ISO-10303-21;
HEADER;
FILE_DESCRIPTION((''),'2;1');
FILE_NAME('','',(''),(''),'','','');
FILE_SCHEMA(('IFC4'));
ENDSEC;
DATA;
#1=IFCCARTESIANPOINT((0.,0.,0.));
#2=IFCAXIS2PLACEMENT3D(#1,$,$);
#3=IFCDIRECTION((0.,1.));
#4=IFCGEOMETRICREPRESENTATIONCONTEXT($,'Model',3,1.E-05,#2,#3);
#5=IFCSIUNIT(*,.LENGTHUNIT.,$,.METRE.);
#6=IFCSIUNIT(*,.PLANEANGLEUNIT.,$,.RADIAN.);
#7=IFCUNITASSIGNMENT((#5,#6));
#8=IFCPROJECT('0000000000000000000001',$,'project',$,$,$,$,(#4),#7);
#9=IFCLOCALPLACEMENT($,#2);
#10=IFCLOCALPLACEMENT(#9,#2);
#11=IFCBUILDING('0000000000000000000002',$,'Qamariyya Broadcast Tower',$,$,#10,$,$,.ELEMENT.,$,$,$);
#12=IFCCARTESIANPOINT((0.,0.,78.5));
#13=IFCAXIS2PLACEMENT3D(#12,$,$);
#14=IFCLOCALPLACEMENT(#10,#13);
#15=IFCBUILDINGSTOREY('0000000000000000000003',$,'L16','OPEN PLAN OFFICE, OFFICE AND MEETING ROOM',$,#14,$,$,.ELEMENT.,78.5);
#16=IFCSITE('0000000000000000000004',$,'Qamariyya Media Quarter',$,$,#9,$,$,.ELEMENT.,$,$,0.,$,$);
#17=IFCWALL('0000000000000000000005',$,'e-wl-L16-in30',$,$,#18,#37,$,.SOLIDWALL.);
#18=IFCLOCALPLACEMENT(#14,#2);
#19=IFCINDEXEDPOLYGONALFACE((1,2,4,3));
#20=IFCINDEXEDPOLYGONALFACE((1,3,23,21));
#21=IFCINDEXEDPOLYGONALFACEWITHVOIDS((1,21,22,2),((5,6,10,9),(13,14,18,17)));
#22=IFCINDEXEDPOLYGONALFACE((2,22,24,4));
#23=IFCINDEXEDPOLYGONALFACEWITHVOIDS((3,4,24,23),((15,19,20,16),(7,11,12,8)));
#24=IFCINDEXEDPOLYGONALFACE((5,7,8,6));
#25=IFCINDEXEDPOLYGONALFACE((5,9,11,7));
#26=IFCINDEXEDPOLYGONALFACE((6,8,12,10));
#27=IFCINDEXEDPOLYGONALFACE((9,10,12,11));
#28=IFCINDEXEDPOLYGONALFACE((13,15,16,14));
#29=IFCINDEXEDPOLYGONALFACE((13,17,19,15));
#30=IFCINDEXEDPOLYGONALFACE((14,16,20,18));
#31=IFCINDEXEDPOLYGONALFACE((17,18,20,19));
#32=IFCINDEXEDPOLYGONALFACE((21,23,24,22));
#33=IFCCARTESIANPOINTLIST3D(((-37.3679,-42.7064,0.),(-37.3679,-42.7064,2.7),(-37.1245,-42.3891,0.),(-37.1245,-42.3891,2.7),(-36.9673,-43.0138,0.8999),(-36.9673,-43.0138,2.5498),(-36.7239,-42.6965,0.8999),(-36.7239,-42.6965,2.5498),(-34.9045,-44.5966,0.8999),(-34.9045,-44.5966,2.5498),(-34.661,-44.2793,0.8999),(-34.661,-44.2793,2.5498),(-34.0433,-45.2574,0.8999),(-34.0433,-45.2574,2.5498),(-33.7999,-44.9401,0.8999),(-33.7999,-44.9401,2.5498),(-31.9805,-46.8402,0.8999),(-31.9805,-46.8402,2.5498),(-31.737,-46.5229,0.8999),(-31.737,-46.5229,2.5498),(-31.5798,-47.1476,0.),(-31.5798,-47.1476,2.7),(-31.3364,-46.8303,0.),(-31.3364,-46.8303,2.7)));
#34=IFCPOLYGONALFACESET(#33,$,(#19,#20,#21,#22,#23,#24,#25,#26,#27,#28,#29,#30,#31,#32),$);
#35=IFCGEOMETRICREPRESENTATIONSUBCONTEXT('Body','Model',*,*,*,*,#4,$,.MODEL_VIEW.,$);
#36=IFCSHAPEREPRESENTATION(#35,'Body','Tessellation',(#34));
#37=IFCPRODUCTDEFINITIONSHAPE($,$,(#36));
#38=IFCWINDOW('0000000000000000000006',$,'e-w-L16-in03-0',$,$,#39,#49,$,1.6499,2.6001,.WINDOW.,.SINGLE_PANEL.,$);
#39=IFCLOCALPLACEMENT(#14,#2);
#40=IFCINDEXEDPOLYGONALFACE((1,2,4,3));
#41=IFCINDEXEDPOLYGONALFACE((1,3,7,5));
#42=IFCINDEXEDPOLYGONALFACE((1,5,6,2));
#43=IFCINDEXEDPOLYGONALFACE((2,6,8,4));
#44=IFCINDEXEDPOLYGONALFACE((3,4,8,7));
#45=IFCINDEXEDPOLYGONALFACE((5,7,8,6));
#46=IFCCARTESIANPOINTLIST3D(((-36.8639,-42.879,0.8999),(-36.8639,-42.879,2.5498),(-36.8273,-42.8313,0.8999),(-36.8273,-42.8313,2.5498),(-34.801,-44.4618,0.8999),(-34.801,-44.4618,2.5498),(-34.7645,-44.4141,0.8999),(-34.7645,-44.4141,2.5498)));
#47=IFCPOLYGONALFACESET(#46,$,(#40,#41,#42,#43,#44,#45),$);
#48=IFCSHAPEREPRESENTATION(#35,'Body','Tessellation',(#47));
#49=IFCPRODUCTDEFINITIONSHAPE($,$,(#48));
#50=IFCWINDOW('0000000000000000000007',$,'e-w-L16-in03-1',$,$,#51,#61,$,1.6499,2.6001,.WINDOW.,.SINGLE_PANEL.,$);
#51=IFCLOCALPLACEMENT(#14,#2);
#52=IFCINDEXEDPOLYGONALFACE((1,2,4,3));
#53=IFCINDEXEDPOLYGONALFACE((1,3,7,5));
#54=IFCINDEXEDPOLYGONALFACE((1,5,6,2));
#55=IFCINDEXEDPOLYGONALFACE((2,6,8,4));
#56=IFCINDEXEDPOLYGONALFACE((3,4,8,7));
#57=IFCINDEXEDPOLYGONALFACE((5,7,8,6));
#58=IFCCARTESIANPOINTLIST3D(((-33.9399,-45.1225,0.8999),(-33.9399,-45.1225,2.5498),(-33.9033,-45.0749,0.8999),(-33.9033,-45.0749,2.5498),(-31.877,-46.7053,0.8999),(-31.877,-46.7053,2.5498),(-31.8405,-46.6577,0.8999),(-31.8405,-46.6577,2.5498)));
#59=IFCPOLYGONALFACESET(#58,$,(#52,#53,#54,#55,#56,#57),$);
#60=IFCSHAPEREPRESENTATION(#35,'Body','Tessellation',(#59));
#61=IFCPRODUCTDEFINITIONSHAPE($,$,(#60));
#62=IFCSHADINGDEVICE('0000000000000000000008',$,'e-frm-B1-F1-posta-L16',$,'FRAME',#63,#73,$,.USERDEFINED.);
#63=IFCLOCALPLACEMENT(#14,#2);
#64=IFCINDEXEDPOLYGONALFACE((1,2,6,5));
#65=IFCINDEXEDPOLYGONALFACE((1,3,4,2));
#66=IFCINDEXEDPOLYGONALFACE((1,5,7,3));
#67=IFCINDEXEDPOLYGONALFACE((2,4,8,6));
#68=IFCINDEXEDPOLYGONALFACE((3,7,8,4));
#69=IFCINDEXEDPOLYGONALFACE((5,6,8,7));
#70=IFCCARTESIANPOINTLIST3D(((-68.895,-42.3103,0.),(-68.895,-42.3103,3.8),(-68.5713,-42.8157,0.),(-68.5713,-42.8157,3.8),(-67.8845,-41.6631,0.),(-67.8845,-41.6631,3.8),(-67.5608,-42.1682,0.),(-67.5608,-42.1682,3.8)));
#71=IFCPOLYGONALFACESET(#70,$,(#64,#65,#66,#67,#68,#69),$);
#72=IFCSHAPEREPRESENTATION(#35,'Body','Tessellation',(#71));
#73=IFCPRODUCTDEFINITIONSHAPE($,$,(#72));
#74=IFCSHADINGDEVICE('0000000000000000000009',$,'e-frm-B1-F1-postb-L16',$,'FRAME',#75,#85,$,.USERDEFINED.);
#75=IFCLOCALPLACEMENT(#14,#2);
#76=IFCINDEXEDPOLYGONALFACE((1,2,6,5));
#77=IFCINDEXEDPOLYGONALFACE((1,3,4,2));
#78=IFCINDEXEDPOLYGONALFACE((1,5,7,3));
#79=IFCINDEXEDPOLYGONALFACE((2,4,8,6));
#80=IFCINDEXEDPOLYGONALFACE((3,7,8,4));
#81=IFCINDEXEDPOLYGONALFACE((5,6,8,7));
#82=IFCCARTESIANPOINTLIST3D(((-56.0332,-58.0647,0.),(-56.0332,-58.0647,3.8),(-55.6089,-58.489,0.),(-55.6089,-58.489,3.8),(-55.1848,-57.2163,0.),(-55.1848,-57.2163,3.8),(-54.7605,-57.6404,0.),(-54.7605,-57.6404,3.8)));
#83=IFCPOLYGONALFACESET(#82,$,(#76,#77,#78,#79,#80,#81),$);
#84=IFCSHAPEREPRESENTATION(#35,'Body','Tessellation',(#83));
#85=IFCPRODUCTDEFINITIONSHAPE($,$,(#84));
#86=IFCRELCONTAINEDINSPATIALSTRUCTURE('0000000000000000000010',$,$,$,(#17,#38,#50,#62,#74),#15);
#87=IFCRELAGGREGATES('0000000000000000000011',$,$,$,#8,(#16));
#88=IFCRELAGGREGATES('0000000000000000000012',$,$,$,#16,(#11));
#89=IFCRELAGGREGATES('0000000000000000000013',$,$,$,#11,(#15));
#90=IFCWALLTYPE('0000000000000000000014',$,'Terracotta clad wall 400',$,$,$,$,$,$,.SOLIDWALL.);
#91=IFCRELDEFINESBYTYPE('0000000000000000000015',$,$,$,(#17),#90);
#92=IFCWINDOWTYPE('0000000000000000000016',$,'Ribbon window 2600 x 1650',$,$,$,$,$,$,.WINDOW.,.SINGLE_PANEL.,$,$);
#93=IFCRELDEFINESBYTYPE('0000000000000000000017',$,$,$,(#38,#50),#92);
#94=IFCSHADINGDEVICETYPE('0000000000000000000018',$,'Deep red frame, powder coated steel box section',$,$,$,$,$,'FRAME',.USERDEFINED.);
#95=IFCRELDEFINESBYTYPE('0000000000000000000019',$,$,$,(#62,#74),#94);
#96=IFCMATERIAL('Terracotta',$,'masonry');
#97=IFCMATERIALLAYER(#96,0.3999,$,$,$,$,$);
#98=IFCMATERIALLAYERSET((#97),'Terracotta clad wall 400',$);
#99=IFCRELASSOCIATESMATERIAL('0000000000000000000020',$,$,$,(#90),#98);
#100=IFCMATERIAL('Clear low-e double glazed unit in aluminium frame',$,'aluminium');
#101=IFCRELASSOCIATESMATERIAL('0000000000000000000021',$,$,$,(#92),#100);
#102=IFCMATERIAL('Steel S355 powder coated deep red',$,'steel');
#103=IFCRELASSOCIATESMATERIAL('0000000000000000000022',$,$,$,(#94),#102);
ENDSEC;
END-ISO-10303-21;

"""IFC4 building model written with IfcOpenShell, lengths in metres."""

from ifc_helpers import new_model, si_unit, direction, frame, frame_2d, origin, place, context, subcontext, project, spatial, polyline, rectangle, outline, extrude, material, layer, layer_set, type_object, element, fill, save


model = new_model("IFC4")

# Units and contexts
model_context = context("Model", 3, precision=1e-05, world=origin(), true_north=direction((0.0, 1.0)))
body_context = subcontext(model_context, "Body", "Model", "MODEL_VIEW")
ifc_project = project(units=[si_unit("LENGTHUNIT", "METRE"), si_unit("PLANEANGLEUNIT", "RADIAN")], contexts=[model_context])

# Site, building, storey
site_placement = place(None, origin())
site = spatial("IfcSite", under=ifc_project, at=site_placement, Name="Qamariyya Media Quarter", CompositionType="ELEMENT", RefElevation=0.0)
building_placement = place(site_placement, origin())
building = spatial("IfcBuilding", under=site, at=building_placement, Name="Qamariyya Broadcast Tower", CompositionType="ELEMENT")
storey_placement = place(building_placement, frame((0.0, 0.0, 78.5)))
storey = spatial("IfcBuildingStorey", under=building, at=storey_placement, Name="L16", Description="OPEN PLAN OFFICE, OFFICE AND MEETING ROOM", CompositionType="ELEMENT", Elevation=78.5)

# Wall, openings, windows
ifc_material_1 = material(Name="Terracotta", Category="masonry")
ifc_layer_1 = layer(ifc_material_1, 0.3999)
ifc_layer_set_1 = layer_set([ifc_layer_1], Name="Terracotta clad wall 400")
wall_type = type_object("IfcWallType", Name="Terracotta clad wall 400", PredefinedType="SOLIDWALL", material=ifc_layer_set_1)
wall_placement = place(storey_placement, frame((-31.458, -46.989, 0.0), z_axis=(0.0, 0.0, 1.0), x_axis=(-0.793366, 0.608745, 0.0)))
wall = element("IfcWall", 1, at=wall_placement, inside=storey, type_object=wall_type, Name="e-wl-L16-in30", PredefinedType="SOLIDWALL", context=body_context, shape_type="SweptSolid", body=[
    extrude(rectangle(XDim=7.2957, YDim=0.3999, at=frame_2d((3.6479, 0.0))), origin(), (0.0, 0.0, 1.0), 2.7),
])
opening_1_placement = place(wall_placement, frame((4.1907, 0.0, 0.8999)))
opening_1 = element("IfcOpeningElement", 2, at=opening_1_placement, cuts=wall, PredefinedType="OPENING", context=body_context, shape_type="SweptSolid", body=[
    extrude(rectangle(XDim=2.6001, YDim=1.6499, at=frame_2d((1.3, 0.825))), frame((0.0, 0.21, 0.0), z_axis=(0.0, -1.0, 0.0), x_axis=(1.0, 0.0, 0.0)), (0.0, 0.0, 1.0), 0.4199),
])
opening_2_placement = place(wall_placement, frame((0.5051, 0.0, 0.8999)))
opening_2 = element("IfcOpeningElement", 3, at=opening_2_placement, cuts=wall, PredefinedType="OPENING", context=body_context, shape_type="SweptSolid", body=[
    extrude(rectangle(XDim=2.6001, YDim=1.6499, at=frame_2d((1.3, 0.825))), frame((0.0, 0.21, 0.0), z_axis=(0.0, -1.0, 0.0), x_axis=(1.0, 0.0, 0.0)), (0.0, 0.0, 1.0), 0.4199),
])
ifc_material_2 = material(Name="Clear low-e double glazed unit in aluminium frame", Category="aluminium")
window_type = type_object("IfcWindowType", Name="Ribbon window 2600 x 1650", PartitioningType="SINGLE_PANEL", PredefinedType="WINDOW", material=ifc_material_2)
window_1_placement = place(opening_1_placement, origin())
window_1 = element("IfcWindow", 4, at=window_1_placement, inside=storey, type_object=window_type, Name="e-w-L16-in03-0", OverallHeight=1.6499, OverallWidth=2.6001, PartitioningType="SINGLE_PANEL", PredefinedType="WINDOW", context=body_context, shape_type="SweptSolid", body=[
    extrude(rectangle(XDim=2.6001, YDim=1.6499, at=frame_2d((1.3, 0.825))), frame((0.0, 0.03, 0.0), z_axis=(0.0, -1.0, 0.0), x_axis=(1.0, 0.0, 0.0)), (0.0, 0.0, 1.0), 0.0601),
])
fill(opening_1, window_1)
window_2_placement = place(opening_2_placement, origin())
window_2 = element("IfcWindow", 5, at=window_2_placement, inside=storey, type_object=window_type, Name="e-w-L16-in03-1", OverallHeight=1.6499, OverallWidth=2.6001, PartitioningType="SINGLE_PANEL", PredefinedType="WINDOW", context=body_context, shape_type="SweptSolid", body=[
    extrude(rectangle(XDim=2.6001, YDim=1.6499, at=frame_2d((1.3, 0.825))), frame((0.0, 0.03, 0.0), z_axis=(0.0, -1.0, 0.0), x_axis=(1.0, 0.0, 0.0)), (0.0, 0.0, 1.0), 0.0601),
])
fill(opening_2, window_2)

# Shading devices
ifc_material_3 = material(Name="Steel S355 powder coated deep red", Category="steel")
shading_device_type = type_object("IfcShadingDeviceType", Name="Deep red frame, powder coated steel box section", ElementType="FRAME", PredefinedType="USERDEFINED", material=ifc_material_3)
shading_device_1_placement = place(storey_placement, origin())
element("IfcShadingDevice", 6, at=shading_device_1_placement, inside=storey, type_object=shading_device_type, Name="e-frm-B1-F1-posta-L16", ObjectType="FRAME", PredefinedType="USERDEFINED", context=body_context, shape_type="SweptSolid", body=[
    extrude(outline(polyline([(-67.8845, -41.6631), (-68.895, -42.3103), (-68.5713, -42.8157), (-67.5608, -42.1682), (-67.8845, -41.6631)])), origin(), (0.0, 0.0, 1.0), 3.8),
])
shading_device_2_placement = place(storey_placement, origin())
element("IfcShadingDevice", 7, at=shading_device_2_placement, inside=storey, type_object=shading_device_type, Name="e-frm-B1-F1-postb-L16", ObjectType="FRAME", PredefinedType="USERDEFINED", context=body_context, shape_type="SweptSolid", body=[
    extrude(outline(polyline([(-55.1848, -57.2163), (-56.0332, -58.0647), (-55.6089, -58.489), (-54.7605, -57.6404), (-55.1848, -57.2163)])), origin(), (0.0, 0.0, 1.0), 3.8),
])

save(model, "model.ifc")
